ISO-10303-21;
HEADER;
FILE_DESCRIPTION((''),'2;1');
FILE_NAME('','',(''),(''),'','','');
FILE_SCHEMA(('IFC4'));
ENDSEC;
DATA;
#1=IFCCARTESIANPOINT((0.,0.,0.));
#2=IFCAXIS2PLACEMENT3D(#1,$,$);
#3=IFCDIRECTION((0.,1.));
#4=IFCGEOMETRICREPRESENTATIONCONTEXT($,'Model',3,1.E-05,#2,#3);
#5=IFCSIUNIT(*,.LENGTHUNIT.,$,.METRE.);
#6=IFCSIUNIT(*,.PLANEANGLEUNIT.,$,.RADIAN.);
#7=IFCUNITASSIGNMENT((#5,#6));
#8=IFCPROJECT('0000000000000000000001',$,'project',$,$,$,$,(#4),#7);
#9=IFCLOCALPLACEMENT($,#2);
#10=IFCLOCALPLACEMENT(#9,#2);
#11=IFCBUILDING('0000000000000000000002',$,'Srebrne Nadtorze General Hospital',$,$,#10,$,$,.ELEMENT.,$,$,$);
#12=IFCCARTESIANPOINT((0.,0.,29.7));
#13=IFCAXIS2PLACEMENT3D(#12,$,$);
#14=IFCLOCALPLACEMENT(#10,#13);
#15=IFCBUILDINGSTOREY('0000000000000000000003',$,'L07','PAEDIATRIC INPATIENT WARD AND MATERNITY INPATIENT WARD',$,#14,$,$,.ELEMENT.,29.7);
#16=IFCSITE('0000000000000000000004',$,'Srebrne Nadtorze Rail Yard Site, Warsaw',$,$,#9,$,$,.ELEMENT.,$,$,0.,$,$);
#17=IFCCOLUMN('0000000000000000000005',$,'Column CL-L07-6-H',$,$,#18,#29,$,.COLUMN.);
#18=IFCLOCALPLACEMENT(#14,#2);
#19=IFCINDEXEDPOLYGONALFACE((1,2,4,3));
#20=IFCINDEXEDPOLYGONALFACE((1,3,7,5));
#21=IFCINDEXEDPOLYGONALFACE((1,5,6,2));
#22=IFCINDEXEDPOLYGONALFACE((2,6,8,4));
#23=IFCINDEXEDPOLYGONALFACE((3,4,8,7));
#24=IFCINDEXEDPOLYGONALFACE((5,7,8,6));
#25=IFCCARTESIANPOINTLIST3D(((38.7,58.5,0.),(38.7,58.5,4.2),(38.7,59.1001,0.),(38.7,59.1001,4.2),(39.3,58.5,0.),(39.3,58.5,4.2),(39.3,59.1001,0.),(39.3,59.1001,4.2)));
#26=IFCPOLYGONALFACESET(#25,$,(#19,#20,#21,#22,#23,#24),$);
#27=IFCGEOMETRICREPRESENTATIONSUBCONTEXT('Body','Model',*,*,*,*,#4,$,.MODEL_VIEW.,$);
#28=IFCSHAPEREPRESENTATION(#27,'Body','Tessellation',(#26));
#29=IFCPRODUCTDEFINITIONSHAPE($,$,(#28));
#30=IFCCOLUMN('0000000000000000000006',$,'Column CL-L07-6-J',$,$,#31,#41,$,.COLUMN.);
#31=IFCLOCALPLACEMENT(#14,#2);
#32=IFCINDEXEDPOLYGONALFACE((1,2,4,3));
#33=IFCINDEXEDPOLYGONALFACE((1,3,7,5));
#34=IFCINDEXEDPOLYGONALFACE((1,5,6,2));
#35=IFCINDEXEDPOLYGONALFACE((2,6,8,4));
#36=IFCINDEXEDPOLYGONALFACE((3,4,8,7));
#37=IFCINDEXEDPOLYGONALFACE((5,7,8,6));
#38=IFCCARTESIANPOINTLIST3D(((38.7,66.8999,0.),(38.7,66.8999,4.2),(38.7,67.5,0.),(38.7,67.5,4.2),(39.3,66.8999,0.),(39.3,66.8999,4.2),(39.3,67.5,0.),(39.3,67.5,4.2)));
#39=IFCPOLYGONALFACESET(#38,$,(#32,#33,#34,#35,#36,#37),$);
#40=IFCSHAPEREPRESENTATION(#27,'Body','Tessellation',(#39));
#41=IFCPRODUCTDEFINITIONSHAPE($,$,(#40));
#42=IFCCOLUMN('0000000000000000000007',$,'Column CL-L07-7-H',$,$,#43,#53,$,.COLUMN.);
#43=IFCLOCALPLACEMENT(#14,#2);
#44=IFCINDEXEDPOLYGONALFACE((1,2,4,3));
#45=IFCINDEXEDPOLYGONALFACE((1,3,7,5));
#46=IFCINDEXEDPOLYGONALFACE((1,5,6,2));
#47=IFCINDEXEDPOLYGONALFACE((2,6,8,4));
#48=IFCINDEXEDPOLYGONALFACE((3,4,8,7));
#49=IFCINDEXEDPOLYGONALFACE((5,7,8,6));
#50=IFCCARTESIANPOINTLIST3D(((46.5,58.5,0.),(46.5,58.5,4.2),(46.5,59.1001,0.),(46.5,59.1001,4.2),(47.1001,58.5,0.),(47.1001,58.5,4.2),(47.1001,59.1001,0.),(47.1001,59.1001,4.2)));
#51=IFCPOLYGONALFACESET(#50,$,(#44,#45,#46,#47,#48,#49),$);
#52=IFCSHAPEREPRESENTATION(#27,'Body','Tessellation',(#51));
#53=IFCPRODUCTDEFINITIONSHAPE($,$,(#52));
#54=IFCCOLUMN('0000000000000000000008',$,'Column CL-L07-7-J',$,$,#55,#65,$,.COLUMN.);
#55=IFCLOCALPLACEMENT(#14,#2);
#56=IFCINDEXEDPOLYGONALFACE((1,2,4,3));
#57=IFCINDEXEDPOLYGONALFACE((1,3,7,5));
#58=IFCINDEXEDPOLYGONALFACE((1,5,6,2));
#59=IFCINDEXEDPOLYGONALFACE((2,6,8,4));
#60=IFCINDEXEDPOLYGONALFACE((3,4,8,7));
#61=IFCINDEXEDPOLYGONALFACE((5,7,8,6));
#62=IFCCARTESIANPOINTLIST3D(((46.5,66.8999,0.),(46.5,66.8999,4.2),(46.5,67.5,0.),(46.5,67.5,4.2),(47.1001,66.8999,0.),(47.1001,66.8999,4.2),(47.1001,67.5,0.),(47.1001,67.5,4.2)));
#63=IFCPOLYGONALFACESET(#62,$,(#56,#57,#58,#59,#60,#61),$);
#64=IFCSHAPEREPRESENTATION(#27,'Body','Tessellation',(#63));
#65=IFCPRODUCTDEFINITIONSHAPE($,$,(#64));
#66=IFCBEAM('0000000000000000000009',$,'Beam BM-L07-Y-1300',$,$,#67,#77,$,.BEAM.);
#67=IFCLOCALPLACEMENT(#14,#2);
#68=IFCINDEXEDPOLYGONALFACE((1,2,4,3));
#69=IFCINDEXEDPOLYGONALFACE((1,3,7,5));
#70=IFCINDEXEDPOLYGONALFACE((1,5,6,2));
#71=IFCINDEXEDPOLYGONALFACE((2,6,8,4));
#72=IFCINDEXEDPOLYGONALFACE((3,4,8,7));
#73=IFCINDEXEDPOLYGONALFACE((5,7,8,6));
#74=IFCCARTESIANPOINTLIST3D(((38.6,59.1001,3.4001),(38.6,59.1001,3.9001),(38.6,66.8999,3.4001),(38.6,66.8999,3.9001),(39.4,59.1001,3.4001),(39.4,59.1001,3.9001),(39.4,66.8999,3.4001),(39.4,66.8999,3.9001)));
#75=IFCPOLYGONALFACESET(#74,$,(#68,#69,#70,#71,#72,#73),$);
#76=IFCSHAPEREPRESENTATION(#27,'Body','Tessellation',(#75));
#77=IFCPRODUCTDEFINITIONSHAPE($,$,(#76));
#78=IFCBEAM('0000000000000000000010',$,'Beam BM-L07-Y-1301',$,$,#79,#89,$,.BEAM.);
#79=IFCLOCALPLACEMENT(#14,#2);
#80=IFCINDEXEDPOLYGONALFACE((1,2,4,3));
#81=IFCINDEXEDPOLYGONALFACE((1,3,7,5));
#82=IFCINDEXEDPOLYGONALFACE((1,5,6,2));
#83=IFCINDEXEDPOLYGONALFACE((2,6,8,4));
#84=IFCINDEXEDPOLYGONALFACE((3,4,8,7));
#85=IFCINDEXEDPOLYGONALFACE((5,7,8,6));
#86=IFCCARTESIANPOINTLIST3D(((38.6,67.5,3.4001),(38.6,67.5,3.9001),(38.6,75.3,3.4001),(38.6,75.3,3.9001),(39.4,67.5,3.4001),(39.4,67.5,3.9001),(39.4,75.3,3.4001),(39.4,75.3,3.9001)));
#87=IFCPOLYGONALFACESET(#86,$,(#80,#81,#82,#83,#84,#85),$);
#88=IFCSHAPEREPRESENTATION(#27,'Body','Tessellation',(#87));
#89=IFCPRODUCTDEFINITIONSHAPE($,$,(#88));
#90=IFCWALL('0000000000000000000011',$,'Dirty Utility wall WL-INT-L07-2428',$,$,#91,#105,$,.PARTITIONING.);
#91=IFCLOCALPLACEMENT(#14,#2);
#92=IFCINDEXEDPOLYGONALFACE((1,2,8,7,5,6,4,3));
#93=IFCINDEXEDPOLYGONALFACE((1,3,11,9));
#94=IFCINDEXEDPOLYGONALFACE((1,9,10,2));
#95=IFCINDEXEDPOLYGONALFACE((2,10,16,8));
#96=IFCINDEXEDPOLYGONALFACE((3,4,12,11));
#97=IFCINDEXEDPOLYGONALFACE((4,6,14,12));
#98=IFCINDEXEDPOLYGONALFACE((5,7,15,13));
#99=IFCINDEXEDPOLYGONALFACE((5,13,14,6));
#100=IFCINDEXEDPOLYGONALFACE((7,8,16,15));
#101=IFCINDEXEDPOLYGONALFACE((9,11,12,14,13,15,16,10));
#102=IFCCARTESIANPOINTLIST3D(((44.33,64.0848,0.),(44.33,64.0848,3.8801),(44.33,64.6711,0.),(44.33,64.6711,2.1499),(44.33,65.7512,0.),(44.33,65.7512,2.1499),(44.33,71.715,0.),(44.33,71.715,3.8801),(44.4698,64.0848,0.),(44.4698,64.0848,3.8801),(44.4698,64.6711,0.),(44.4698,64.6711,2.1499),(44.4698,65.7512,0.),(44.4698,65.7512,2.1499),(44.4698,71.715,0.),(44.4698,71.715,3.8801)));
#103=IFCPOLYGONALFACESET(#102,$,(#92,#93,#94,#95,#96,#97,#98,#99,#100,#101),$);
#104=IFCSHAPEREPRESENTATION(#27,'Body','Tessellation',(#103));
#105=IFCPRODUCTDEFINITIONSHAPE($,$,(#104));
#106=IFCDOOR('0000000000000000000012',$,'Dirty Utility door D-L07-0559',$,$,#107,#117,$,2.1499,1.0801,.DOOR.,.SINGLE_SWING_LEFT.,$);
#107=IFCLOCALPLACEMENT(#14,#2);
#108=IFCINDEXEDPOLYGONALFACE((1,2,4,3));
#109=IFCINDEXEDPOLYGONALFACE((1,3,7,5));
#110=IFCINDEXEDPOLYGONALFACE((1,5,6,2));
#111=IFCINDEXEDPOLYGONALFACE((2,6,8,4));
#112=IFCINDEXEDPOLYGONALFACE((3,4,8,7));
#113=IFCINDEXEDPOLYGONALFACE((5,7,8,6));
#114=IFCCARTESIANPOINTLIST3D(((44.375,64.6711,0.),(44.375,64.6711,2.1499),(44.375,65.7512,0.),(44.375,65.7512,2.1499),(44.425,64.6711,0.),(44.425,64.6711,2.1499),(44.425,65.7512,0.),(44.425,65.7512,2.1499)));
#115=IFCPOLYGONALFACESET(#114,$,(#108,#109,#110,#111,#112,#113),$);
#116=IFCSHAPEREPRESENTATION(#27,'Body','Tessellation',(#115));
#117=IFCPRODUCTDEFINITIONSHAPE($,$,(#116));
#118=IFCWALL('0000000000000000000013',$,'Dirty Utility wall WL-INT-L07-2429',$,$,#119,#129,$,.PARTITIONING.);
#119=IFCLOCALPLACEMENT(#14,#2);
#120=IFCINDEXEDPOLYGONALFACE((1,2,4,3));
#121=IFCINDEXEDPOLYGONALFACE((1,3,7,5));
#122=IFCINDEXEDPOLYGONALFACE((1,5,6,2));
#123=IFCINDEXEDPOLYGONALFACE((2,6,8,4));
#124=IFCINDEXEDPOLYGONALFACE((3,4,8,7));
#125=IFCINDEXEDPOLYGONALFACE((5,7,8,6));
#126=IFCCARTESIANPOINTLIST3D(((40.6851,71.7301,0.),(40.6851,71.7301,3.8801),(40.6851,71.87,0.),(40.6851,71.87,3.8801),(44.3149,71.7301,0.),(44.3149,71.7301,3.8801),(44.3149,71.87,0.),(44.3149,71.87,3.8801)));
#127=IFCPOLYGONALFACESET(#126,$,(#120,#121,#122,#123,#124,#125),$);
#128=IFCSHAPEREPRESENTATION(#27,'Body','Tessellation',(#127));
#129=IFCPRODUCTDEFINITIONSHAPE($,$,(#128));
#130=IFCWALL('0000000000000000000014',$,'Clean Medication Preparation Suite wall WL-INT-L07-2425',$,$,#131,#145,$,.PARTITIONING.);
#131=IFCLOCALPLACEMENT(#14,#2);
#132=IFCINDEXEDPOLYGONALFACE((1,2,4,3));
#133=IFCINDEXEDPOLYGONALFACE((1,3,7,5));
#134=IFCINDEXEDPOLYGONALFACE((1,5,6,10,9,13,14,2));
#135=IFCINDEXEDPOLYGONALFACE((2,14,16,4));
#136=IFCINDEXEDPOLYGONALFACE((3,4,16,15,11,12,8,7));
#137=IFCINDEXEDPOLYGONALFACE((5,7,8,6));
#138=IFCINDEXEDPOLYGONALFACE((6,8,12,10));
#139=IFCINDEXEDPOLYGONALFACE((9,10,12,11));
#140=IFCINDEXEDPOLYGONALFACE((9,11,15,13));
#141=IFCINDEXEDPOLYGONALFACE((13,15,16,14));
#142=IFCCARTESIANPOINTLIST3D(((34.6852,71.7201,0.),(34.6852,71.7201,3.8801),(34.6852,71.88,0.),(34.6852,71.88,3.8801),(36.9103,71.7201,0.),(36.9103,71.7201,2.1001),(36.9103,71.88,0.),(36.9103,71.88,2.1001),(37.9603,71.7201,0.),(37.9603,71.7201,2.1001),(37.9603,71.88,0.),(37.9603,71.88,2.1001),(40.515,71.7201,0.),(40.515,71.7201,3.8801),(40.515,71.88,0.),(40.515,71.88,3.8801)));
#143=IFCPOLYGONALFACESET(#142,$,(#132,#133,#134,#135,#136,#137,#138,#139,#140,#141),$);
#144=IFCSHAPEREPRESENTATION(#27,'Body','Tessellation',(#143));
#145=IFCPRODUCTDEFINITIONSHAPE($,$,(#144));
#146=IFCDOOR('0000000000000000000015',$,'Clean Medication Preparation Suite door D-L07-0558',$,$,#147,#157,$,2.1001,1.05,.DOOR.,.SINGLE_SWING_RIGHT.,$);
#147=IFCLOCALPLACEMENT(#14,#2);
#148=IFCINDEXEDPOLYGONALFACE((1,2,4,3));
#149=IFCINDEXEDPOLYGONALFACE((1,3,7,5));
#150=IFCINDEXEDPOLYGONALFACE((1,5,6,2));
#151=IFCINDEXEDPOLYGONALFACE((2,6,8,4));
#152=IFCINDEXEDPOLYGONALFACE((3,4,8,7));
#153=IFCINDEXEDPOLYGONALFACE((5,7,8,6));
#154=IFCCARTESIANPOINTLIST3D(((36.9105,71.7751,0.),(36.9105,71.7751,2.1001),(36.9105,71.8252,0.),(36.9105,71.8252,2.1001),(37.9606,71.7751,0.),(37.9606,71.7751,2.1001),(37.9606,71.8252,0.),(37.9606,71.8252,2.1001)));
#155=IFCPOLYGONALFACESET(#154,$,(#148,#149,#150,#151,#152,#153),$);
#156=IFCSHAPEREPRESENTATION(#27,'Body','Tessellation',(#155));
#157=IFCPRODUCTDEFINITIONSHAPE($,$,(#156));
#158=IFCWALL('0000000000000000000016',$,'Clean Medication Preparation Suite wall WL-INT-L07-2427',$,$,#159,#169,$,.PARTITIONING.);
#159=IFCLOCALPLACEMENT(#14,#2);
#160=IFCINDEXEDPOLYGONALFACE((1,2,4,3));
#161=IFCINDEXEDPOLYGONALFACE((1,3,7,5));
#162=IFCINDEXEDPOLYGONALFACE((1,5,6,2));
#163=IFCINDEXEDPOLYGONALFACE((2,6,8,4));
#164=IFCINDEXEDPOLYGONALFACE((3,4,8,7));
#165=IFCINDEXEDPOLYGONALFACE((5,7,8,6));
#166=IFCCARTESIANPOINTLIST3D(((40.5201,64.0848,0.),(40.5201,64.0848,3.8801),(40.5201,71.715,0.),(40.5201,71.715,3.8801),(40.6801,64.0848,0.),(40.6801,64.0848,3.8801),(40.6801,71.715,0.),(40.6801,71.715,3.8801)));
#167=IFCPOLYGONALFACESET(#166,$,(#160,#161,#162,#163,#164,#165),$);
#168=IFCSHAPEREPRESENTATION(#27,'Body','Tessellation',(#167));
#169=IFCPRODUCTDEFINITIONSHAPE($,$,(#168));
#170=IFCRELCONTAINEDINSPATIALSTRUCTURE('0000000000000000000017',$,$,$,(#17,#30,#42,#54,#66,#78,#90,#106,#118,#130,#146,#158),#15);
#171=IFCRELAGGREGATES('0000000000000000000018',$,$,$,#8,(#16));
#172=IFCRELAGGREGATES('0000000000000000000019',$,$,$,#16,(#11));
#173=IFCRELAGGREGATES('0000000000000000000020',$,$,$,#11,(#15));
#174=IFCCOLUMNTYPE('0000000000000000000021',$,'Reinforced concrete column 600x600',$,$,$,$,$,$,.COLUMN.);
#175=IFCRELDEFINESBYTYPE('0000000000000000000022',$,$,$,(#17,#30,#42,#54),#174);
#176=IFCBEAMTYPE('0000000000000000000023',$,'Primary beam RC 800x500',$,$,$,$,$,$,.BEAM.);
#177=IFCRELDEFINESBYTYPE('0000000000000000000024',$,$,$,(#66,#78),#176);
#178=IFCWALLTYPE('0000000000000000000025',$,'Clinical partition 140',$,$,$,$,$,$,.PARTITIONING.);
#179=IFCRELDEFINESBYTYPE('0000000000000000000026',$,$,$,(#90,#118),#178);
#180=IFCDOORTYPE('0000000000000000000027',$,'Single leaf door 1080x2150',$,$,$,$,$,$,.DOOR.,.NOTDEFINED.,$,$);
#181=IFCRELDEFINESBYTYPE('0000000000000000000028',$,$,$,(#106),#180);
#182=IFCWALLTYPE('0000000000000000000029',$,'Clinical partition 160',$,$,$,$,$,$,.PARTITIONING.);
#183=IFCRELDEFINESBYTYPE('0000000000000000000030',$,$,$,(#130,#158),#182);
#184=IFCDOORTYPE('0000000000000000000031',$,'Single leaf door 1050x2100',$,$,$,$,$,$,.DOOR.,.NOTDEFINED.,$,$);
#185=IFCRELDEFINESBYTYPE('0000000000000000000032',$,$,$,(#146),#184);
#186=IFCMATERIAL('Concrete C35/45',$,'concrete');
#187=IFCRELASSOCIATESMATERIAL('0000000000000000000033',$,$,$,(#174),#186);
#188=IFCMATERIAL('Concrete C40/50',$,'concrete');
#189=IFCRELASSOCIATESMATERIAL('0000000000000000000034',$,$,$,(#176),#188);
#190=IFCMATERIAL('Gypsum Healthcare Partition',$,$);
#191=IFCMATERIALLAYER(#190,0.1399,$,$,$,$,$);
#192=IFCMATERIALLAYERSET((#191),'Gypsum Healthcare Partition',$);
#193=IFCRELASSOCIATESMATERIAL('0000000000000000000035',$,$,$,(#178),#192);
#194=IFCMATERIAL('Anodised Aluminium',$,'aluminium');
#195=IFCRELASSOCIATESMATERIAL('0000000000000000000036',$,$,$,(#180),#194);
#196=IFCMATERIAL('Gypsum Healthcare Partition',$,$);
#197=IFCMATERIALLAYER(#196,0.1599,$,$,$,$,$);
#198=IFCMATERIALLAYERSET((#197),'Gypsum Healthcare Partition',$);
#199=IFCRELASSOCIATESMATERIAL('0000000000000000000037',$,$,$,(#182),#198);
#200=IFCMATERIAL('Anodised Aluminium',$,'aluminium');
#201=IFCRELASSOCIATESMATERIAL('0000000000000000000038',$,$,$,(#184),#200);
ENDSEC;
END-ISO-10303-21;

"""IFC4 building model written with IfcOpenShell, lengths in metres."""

from ifc_helpers import new_model, si_unit, direction, frame, frame_2d, origin, origin_2d, place, context, subcontext, project, spatial, rectangle, extrude, material, layer, layer_set, material_profile, profile_set, type_object, element, fill, save


model = new_model("IFC4")

# Units and contexts
model_context = context("Model", 3, precision=1e-05, world=origin(), true_north=direction((0.0, 1.0)))
body_context = subcontext(model_context, "Body", "Model", "MODEL_VIEW")
ifc_project = project(units=[si_unit("LENGTHUNIT", "METRE"), si_unit("PLANEANGLEUNIT", "RADIAN")], contexts=[model_context])

# Site, building, storey
site_placement = place(None, origin())
site = spatial("IfcSite", under=ifc_project, at=site_placement, Name="Srebrne Nadtorze Rail Yard Site, Warsaw", CompositionType="ELEMENT", RefElevation=0.0)
building_placement = place(site_placement, origin())
building = spatial("IfcBuilding", under=site, at=building_placement, Name="Srebrne Nadtorze General Hospital", CompositionType="ELEMENT")
storey_placement = place(building_placement, frame((0.0, 0.0, 29.7)))
storey = spatial("IfcBuildingStorey", under=building, at=storey_placement, Name="L07", Description="PAEDIATRIC INPATIENT WARD AND MATERNITY INPATIENT WARD", CompositionType="ELEMENT", Elevation=29.7)

# Columns
ifc_material_1 = material(Name="Concrete C35/45", Category="concrete")
ifc_material_profile_1 = material_profile(ifc_material_1, rectangle(XDim=0.6001, YDim=0.6001, at=origin_2d()), Name="RC-COL-600x600")
ifc_profile_set_1 = profile_set([ifc_material_profile_1], Name="Concrete C35/45")
column_type = type_object("IfcColumnType", Name="Reinforced concrete column 600x600", PredefinedType="COLUMN", material=ifc_profile_set_1)
for number, where, z_axis, x_axis, name in (
    (1, (39.0, 58.8, 0.0), (0.0, 0.0, 1.0), (1.0, 0.0, 0.0), "Column CL-L07-6-H"),
    (2, (39.0, 67.2, 0.0), (0.0, 0.0, 1.0), (1.0, 0.0, 0.0), "Column CL-L07-6-J"),
    (3, (46.8, 58.8, 0.0), (0.0, 0.0, 1.0), (1.0, 0.0, 0.0), "Column CL-L07-7-H"),
    (4, (46.8, 67.2, 0.0), (0.0, 0.0, 1.0), (1.0, 0.0, 0.0), "Column CL-L07-7-J"),
):
    element("IfcColumn", number, at=place(storey_placement, frame(where, z_axis=z_axis, x_axis=x_axis)), inside=storey, type_object=column_type, Name=name, PredefinedType="COLUMN", context=body_context, shape_type="SweptSolid", body=[
        extrude(rectangle(XDim=0.6001, YDim=0.6001, at=origin_2d()), origin(), (0.0, 0.0, 1.0), 4.2),
    ])

# Beams
ifc_material_2 = material(Name="Concrete C40/50", Category="concrete")
ifc_material_profile_2 = material_profile(ifc_material_2, rectangle(XDim=0.8, YDim=0.5, at=origin_2d()), Name="RC-BM-800x500")
ifc_profile_set_2 = profile_set([ifc_material_profile_2], Name="Concrete C40/50")
beam_type = type_object("IfcBeamType", Name="Primary beam RC 800x500", PredefinedType="BEAM", material=ifc_profile_set_2)
beam_1_placement = place(storey_placement, frame((39.0, 59.1001, 3.6501), z_axis=(0.0, 1.0, 0.0), x_axis=(-1.0, 0.0, 0.0)))
element("IfcBeam", 5, at=beam_1_placement, inside=storey, type_object=beam_type, Name="Beam BM-L07-Y-1300", PredefinedType="BEAM", context=body_context, shape_type="SweptSolid", body=[
    extrude(rectangle(XDim=0.8, YDim=0.5, at=origin_2d()), origin(), (0.0, 0.0, 1.0), 7.7998),
])
beam_2_placement = place(storey_placement, frame((39.0, 67.5, 3.6501), z_axis=(0.0, 1.0, 0.0), x_axis=(-1.0, 0.0, 0.0)))
element("IfcBeam", 6, at=beam_2_placement, inside=storey, type_object=beam_type, Name="Beam BM-L07-Y-1301", PredefinedType="BEAM", context=body_context, shape_type="SweptSolid", body=[
    extrude(rectangle(XDim=0.8, YDim=0.5, at=origin_2d()), origin(), (0.0, 0.0, 1.0), 7.8),
])

# Wall, opening, door
ifc_material_3 = material(Name="Gypsum Healthcare Partition")
ifc_layer_1 = layer(ifc_material_3, 0.1399)
ifc_layer_set_1 = layer_set([ifc_layer_1], Name="Gypsum Healthcare Partition")
wall_type_1 = type_object("IfcWallType", Name="Clinical partition 140", PredefinedType="PARTITIONING", material=ifc_layer_set_1)
wall_1_placement = place(storey_placement, frame((44.3999, 64.085, 0.0), z_axis=(0.0, 0.0, 1.0), x_axis=(0.0, 1.0, 0.0)))
wall_1 = element("IfcWall", 7, at=wall_1_placement, inside=storey, type_object=wall_type_1, Name="Dirty Utility wall WL-INT-L07-2428", PredefinedType="PARTITIONING", context=body_context, shape_type="SweptSolid", body=[
    extrude(rectangle(XDim=7.6301, YDim=0.1399, at=frame_2d((3.8149, 0.0))), origin(), (0.0, 0.0, 1.0), 3.8801),
])
opening_1_placement = place(wall_1_placement, frame((0.5862, 0.0, 0.0)))
opening_1 = element("IfcOpeningElement", 8, at=opening_1_placement, cuts=wall_1, PredefinedType="OPENING", context=body_context, shape_type="SweptSolid", body=[
    extrude(rectangle(XDim=1.0801, YDim=2.1499, at=frame_2d((0.54, 1.075))), frame((0.0, 0.082, 0.0), z_axis=(0.0, -1.0, 0.0), x_axis=(1.0, 0.0, 0.0)), (0.0, 0.0, 1.0), 0.1638),
])
ifc_material_4 = material(Name="Anodised Aluminium", Category="aluminium")
door_type_1 = type_object("IfcDoorType", Name="Single leaf door 1080x2150", OperationType="NOTDEFINED", PredefinedType="DOOR", material=ifc_material_4)
door_1_placement = place(opening_1_placement, origin())
door_1 = element("IfcDoor", 9, at=door_1_placement, inside=storey, type_object=door_type_1, Name="Dirty Utility door D-L07-0559", OperationType="SINGLE_SWING_LEFT", OverallHeight=2.1499, OverallWidth=1.0801, PredefinedType="DOOR", context=body_context, shape_type="SweptSolid", body=[
    extrude(rectangle(XDim=1.0801, YDim=2.1499, at=frame_2d((0.54, 1.075))), frame((0.0, 0.0249, 0.0), z_axis=(0.0, -1.0, 0.0), x_axis=(1.0, 0.0, 0.0)), (0.0, 0.0, 1.0), 0.05),
])
fill(opening_1, door_1)

# Wall
wall_2_placement = place(storey_placement, frame((40.6851, 71.8, 0.0), z_axis=(0.0, 0.0, 1.0), x_axis=(1.0, 0.0, 0.0)))
element("IfcWall", 10, at=wall_2_placement, inside=storey, type_object=wall_type_1, Name="Dirty Utility wall WL-INT-L07-2429", PredefinedType="PARTITIONING", context=body_context, shape_type="SweptSolid", body=[
    extrude(rectangle(XDim=3.6299, YDim=0.1399, at=frame_2d((1.8149, 0.0))), origin(), (0.0, 0.0, 1.0), 3.8801),
])

# Wall, opening, door
ifc_material_5 = material(Name="Gypsum Healthcare Partition")
ifc_layer_2 = layer(ifc_material_5, 0.1599)
ifc_layer_set_2 = layer_set([ifc_layer_2], Name="Gypsum Healthcare Partition")
wall_type_2 = type_object("IfcWallType", Name="Clinical partition 160", PredefinedType="PARTITIONING", material=ifc_layer_set_2)
wall_3_placement = place(storey_placement, frame((34.6851, 71.8, 0.0), z_axis=(0.0, 0.0, 1.0), x_axis=(1.0, 0.0, 0.0)))
wall_3 = element("IfcWall", 11, at=wall_3_placement, inside=storey, type_object=wall_type_2, Name="Clean Medication Preparation Suite wall WL-INT-L07-2425", PredefinedType="PARTITIONING", context=body_context, shape_type="SweptSolid", body=[
    extrude(rectangle(XDim=5.8298, YDim=0.1599, at=frame_2d((2.915, 0.0))), origin(), (0.0, 0.0, 1.0), 3.8801),
])
opening_2_placement = place(wall_3_placement, frame((2.2253, 0.0, 0.0)))
opening_2 = element("IfcOpeningElement", 12, at=opening_2_placement, cuts=wall_3, PredefinedType="OPENING", context=body_context, shape_type="SweptSolid", body=[
    extrude(rectangle(XDim=1.05, YDim=2.1001, at=frame_2d((0.5249, 1.05))), frame((0.0, 0.0918, 0.0), z_axis=(0.0, -1.0, 0.0), x_axis=(1.0, 0.0, 0.0)), (0.0, 0.0, 1.0), 0.1838),
])
ifc_material_6 = material(Name="Anodised Aluminium", Category="aluminium")
door_type_2 = type_object("IfcDoorType", Name="Single leaf door 1050x2100", OperationType="NOTDEFINED", PredefinedType="DOOR", material=ifc_material_6)
door_2_placement = place(opening_2_placement, frame((1.05, 0.0, 0.0), z_axis=(0.0, 0.0, 1.0), x_axis=(-1.0, 0.0, 0.0)))
door_2 = element("IfcDoor", 13, at=door_2_placement, inside=storey, type_object=door_type_2, Name="Clean Medication Preparation Suite door D-L07-0558", OperationType="SINGLE_SWING_RIGHT", OverallHeight=2.1001, OverallWidth=1.05, PredefinedType="DOOR", context=body_context, shape_type="SweptSolid", body=[
    extrude(rectangle(XDim=1.05, YDim=2.1001, at=frame_2d((0.5249, 1.05))), frame((0.0, 0.0249, 0.0), z_axis=(0.0, -1.0, 0.0), x_axis=(1.0, 0.0, 0.0)), (0.0, 0.0, 1.0), 0.05),
])
fill(opening_2, door_2)

# Wall
wall_4_placement = place(storey_placement, frame((40.6001, 64.085, 0.0), z_axis=(0.0, 0.0, 1.0), x_axis=(0.0, 1.0, 0.0)))
element("IfcWall", 14, at=wall_4_placement, inside=storey, type_object=wall_type_2, Name="Clean Medication Preparation Suite wall WL-INT-L07-2427", PredefinedType="PARTITIONING", context=body_context, shape_type="SweptSolid", body=[
    extrude(rectangle(XDim=7.6301, YDim=0.1599, at=frame_2d((3.8149, 0.0))), origin(), (0.0, 0.0, 1.0), 3.8801),
])

save(model, "model.ifc")
